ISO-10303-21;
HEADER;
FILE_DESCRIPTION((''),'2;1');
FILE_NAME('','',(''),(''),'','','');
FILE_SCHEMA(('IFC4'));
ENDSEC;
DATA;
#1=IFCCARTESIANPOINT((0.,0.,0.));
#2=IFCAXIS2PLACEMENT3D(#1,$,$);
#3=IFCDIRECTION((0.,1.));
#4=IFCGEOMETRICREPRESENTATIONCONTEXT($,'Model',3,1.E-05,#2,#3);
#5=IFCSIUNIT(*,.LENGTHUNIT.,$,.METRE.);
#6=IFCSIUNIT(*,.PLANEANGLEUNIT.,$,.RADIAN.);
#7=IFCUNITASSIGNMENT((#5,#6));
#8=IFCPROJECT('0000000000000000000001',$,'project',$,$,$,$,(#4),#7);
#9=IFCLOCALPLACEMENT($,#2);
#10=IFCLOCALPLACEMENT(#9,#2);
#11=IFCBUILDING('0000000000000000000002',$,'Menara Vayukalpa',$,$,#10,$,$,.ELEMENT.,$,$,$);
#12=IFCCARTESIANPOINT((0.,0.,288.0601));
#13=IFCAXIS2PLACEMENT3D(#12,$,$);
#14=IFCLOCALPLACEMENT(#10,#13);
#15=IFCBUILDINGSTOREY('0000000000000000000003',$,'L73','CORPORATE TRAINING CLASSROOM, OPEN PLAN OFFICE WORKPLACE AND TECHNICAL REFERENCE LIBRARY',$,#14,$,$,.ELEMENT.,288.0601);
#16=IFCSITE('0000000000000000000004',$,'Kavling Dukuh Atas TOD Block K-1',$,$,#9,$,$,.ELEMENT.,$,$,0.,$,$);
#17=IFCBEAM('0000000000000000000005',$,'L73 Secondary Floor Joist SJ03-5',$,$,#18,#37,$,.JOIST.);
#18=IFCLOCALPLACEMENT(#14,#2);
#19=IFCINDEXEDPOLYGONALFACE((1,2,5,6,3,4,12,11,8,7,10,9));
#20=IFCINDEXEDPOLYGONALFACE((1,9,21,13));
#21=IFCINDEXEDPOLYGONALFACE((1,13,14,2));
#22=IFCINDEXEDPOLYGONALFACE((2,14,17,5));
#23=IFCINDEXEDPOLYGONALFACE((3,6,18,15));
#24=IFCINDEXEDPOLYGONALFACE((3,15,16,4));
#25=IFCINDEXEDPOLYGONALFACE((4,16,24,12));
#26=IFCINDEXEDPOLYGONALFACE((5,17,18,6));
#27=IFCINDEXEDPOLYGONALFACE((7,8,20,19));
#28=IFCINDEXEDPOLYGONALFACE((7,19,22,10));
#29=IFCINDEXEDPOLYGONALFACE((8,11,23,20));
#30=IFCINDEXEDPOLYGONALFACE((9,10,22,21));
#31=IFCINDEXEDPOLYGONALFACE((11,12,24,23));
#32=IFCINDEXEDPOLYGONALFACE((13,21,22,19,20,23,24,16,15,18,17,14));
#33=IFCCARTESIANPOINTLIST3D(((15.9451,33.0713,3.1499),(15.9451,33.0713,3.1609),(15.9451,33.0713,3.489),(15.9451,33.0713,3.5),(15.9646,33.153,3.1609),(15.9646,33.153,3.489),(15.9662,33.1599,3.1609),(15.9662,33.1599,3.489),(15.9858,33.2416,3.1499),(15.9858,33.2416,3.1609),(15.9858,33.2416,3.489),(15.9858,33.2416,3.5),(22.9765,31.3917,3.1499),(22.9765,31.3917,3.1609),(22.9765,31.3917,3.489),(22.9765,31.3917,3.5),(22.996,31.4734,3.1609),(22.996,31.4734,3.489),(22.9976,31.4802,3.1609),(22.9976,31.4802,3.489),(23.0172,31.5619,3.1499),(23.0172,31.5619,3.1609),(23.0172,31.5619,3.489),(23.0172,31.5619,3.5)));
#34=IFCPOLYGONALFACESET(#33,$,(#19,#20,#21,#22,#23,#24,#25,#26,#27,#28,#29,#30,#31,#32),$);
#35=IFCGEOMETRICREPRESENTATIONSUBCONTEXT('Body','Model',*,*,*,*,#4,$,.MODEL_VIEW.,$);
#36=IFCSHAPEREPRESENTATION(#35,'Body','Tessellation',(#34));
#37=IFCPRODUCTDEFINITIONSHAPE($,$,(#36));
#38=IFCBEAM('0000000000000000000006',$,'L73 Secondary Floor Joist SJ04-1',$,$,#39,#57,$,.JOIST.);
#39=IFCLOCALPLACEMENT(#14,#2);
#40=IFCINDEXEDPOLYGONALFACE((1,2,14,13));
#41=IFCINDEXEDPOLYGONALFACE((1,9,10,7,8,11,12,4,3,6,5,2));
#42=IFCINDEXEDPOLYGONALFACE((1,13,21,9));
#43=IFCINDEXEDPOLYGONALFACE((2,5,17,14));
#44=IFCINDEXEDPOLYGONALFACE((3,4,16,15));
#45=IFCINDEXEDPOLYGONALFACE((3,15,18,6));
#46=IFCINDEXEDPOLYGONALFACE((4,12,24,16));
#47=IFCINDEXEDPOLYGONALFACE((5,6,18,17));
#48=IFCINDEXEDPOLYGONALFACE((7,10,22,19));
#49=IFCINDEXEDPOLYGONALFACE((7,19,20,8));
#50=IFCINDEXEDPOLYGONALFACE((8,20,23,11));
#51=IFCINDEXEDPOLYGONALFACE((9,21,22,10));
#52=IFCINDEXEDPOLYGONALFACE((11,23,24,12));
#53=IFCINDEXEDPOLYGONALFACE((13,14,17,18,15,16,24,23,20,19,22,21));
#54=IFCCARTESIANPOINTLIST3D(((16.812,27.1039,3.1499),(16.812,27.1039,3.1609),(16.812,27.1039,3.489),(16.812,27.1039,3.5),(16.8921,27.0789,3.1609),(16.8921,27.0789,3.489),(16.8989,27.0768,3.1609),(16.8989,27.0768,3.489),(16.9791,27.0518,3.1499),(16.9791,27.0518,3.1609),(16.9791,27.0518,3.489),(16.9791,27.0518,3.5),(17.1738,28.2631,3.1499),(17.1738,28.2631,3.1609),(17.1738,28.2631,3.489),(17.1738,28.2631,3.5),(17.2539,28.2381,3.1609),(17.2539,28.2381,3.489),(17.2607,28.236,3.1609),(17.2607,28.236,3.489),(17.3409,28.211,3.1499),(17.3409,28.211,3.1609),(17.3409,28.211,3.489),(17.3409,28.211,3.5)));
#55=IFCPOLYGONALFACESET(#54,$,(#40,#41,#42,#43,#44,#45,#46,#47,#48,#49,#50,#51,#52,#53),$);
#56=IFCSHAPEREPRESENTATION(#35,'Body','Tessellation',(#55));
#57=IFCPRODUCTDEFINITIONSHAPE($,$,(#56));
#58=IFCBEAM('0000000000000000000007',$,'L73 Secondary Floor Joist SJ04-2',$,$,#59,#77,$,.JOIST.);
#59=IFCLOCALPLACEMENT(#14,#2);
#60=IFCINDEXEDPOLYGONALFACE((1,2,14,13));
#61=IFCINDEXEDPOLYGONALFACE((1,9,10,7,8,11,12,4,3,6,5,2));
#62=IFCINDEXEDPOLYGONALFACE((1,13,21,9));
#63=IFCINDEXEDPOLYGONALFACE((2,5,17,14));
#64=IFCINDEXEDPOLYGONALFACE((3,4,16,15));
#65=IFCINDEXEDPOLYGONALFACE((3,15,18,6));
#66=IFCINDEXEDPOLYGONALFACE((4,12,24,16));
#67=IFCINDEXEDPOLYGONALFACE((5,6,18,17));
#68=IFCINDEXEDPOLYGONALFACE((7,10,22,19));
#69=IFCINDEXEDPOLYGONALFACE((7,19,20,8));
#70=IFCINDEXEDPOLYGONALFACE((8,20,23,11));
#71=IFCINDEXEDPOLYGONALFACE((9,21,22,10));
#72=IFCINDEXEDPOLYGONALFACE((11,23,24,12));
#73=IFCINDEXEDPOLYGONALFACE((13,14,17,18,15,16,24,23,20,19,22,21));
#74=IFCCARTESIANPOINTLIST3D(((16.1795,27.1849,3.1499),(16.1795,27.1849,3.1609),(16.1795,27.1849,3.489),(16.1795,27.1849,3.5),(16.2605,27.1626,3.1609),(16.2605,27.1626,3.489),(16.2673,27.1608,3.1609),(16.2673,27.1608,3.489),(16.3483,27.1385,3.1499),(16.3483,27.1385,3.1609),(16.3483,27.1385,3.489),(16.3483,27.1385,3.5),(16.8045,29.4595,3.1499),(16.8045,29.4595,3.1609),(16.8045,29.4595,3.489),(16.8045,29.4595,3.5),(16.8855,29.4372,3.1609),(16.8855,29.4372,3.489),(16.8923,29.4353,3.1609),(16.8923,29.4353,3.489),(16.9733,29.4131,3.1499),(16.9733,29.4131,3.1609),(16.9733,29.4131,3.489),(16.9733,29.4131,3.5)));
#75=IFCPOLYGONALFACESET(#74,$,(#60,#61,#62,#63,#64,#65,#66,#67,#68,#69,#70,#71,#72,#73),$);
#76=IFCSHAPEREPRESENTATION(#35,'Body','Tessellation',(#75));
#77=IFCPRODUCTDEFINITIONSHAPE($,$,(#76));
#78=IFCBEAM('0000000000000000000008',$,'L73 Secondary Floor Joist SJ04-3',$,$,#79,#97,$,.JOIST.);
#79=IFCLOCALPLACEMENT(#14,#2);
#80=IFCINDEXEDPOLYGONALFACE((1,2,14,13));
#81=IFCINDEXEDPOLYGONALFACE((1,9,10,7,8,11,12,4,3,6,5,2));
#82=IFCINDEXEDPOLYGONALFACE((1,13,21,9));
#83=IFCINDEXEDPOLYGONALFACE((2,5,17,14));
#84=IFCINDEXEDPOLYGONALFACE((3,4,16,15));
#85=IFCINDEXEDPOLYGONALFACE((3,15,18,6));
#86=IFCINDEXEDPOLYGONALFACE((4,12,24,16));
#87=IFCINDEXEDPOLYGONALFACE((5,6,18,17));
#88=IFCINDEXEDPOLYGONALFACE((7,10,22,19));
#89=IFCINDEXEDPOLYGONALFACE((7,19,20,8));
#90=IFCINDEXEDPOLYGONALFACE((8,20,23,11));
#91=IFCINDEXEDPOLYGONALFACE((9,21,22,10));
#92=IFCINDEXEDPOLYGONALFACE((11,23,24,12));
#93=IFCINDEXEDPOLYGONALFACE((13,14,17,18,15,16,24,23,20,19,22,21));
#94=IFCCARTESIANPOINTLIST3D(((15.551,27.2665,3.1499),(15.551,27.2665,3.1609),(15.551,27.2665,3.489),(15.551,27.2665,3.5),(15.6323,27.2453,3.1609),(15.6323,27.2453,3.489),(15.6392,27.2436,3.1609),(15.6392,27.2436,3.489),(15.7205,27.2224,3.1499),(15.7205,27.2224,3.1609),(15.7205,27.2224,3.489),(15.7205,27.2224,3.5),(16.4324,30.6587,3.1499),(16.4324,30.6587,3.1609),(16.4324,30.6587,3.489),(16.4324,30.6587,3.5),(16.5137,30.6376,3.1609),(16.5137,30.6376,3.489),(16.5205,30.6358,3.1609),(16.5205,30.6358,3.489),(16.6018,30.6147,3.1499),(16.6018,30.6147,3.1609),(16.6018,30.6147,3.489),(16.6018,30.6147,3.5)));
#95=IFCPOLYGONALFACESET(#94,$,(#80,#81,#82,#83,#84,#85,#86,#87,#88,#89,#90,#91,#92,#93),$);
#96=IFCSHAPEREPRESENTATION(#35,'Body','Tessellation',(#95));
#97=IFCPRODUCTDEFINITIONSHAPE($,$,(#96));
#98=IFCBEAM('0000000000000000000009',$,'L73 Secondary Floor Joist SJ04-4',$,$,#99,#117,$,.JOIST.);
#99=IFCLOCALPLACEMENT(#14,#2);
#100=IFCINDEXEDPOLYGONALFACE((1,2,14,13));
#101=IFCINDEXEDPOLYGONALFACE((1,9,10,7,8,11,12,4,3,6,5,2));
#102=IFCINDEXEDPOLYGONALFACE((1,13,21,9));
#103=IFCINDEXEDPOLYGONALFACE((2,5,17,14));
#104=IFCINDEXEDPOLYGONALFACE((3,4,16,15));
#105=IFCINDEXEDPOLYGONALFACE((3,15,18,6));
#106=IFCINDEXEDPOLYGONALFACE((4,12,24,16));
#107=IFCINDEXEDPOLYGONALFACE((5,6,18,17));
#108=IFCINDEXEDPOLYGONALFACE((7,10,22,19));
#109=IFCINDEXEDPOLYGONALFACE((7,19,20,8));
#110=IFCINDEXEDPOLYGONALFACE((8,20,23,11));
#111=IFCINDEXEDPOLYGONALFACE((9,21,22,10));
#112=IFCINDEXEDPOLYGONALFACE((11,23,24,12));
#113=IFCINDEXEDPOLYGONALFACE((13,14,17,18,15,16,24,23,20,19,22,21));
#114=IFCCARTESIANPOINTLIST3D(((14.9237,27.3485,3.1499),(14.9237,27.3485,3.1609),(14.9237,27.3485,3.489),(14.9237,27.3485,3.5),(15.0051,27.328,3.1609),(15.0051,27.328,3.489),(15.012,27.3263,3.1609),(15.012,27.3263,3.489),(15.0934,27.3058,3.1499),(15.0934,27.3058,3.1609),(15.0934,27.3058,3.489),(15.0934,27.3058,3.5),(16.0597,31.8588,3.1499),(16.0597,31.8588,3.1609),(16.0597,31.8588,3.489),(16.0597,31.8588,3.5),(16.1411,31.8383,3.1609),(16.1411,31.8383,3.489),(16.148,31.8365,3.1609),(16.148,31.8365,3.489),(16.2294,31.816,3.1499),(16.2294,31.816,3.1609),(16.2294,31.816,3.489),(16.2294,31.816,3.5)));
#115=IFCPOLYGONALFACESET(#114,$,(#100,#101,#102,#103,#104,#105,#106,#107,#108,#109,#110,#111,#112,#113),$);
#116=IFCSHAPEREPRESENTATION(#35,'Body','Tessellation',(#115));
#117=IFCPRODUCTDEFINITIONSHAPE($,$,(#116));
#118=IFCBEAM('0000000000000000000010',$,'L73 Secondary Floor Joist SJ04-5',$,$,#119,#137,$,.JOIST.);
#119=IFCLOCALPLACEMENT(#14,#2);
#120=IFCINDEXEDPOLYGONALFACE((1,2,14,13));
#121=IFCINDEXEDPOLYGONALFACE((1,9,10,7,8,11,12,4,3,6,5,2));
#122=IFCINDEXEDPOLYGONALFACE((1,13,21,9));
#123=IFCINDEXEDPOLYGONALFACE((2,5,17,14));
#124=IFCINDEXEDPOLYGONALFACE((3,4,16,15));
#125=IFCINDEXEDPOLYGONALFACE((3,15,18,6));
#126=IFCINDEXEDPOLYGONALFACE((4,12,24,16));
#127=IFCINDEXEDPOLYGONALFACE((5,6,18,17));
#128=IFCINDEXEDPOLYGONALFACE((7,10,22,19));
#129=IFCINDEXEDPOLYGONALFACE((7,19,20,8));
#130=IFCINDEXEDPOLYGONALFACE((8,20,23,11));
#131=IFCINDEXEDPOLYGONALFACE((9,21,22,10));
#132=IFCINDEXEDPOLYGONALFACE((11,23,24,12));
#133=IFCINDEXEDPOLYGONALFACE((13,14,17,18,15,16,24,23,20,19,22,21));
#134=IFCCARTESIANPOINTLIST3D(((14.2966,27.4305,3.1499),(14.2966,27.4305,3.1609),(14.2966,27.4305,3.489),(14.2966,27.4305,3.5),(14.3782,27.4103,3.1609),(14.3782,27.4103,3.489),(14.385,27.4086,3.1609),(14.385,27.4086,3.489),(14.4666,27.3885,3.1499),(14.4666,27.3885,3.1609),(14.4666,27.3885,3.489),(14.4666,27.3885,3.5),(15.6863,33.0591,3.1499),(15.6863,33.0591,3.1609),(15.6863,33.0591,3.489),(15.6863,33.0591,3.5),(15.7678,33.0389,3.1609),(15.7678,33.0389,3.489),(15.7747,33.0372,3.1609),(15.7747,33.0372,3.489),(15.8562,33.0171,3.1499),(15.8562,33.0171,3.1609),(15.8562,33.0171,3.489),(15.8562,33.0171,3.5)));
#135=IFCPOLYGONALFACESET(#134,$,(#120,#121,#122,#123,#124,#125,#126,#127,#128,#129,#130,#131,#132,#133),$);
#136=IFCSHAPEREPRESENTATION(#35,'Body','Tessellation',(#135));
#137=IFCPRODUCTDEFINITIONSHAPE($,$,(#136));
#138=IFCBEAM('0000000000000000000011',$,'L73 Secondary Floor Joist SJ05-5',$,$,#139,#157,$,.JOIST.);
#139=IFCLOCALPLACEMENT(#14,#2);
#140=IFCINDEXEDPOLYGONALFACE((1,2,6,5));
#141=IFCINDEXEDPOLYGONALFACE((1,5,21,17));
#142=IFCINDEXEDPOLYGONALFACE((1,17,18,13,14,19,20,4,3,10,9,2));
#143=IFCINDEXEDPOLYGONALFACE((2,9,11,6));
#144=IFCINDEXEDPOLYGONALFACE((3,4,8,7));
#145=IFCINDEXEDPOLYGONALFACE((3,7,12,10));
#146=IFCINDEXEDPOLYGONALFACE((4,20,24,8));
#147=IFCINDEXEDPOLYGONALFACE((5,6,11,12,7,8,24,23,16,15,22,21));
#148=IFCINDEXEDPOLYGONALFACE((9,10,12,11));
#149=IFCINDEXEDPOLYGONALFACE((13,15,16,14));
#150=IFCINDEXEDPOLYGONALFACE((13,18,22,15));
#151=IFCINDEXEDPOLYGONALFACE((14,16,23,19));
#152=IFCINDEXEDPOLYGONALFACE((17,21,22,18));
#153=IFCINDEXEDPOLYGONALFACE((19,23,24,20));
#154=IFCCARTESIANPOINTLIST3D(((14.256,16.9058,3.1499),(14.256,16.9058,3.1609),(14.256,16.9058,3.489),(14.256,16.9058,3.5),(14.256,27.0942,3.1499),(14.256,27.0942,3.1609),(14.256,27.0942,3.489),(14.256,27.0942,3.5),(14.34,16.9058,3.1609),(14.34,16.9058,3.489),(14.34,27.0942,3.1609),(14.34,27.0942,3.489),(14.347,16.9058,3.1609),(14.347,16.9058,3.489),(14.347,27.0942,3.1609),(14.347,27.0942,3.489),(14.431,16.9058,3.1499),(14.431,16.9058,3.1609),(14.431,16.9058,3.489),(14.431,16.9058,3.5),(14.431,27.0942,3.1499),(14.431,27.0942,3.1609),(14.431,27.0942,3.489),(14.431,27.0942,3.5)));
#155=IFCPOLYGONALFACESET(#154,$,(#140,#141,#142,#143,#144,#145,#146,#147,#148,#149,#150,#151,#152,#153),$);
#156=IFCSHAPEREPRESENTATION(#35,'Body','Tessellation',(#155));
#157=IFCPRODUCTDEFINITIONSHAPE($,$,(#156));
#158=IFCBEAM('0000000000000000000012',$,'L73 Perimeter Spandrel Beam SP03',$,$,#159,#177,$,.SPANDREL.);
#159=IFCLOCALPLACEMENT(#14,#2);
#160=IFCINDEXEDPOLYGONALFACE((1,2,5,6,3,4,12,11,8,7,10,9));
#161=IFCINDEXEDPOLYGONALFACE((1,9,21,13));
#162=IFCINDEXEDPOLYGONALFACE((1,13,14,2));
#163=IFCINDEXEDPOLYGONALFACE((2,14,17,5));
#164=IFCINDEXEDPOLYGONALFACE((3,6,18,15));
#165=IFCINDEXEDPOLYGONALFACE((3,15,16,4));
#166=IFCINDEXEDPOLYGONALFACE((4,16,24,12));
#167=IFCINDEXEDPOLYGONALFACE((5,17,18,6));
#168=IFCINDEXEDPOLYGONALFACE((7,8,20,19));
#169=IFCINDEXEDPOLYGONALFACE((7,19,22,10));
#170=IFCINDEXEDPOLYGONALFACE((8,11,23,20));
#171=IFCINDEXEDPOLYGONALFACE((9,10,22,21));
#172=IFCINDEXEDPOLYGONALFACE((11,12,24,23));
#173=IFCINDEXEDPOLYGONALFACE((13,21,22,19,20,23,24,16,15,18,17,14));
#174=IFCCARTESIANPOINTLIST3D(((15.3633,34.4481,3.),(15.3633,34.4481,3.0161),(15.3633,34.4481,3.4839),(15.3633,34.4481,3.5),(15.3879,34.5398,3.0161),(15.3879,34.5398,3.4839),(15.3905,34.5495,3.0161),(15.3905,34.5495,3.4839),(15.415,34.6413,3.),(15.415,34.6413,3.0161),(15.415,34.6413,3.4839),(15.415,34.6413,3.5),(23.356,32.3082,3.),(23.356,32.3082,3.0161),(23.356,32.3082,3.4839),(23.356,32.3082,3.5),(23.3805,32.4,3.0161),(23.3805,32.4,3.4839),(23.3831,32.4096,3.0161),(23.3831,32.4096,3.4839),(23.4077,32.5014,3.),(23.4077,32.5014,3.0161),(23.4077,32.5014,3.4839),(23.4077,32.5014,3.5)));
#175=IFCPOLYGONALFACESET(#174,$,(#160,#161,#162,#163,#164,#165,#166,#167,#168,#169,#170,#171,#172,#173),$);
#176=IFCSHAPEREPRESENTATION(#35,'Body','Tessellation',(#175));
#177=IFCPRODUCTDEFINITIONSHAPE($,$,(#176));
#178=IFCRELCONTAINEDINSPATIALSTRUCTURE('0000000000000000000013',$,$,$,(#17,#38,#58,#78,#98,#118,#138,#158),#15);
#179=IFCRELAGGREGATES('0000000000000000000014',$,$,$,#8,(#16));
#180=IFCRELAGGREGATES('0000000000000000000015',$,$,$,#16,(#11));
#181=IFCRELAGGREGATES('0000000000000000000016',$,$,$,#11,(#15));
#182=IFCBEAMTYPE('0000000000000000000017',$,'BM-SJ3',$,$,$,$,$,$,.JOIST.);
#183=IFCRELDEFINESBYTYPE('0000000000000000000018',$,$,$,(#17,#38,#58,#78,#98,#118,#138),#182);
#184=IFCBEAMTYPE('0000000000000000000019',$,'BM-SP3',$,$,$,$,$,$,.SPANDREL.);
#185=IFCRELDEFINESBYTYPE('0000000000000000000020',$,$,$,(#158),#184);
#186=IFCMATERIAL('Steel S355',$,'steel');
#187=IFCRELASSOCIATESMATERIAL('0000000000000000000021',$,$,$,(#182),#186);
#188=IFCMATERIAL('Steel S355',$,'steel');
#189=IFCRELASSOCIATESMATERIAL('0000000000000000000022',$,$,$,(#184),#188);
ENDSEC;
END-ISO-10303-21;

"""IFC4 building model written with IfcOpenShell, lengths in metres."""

from ifc_helpers import new_model, si_unit, direction, frame, origin, origin_2d, place, context, subcontext, project, spatial, i_section, extrude, material, material_profile, profile_set, type_object, element, save


model = new_model("IFC4")

# Units and contexts
model_context = context("Model", 3, precision=1e-05, world=origin(), true_north=direction((0.0, 1.0)))
body_context = subcontext(model_context, "Body", "Model", "MODEL_VIEW")
ifc_project = project(units=[si_unit("LENGTHUNIT", "METRE"), si_unit("PLANEANGLEUNIT", "RADIAN")], contexts=[model_context])

# Site, building, storey
site_placement = place(None, origin())
site = spatial("IfcSite", under=ifc_project, at=site_placement, Name="Kavling Dukuh Atas TOD Block K-1", CompositionType="ELEMENT", RefElevation=0.0)
building_placement = place(site_placement, origin())
building = spatial("IfcBuilding", under=site, at=building_placement, Name="Menara Vayukalpa", CompositionType="ELEMENT")
storey_placement = place(building_placement, frame((0.0, 0.0, 288.0601)))
storey = spatial("IfcBuildingStorey", under=building, at=storey_placement, Name="L73", Description="CORPORATE TRAINING CLASSROOM, OPEN PLAN OFFICE WORKPLACE AND TECHNICAL REFERENCE LIBRARY", CompositionType="ELEMENT", Elevation=288.0601)

# Beams
ifc_material_1 = material(Name="Steel S355", Category="steel")
ifc_material_profile_1 = material_profile(ifc_material_1, i_section(OverallWidth=0.175, OverallDepth=0.3501, WebThickness=0.0071, FlangeThickness=0.011, at=origin_2d()), Name="WF 350x175x7x11")
ifc_profile_set_1 = profile_set([ifc_material_profile_1], Name="Steel S355")
beam_type_1 = type_object("IfcBeamType", Name="BM-SJ3", PredefinedType="JOIST", material=ifc_profile_set_1)
beam_1_placement = place(storey_placement, frame((22.9968, 31.4768, 3.325), z_axis=(-0.972634, 0.232343, 0.0), x_axis=(-0.232343, -0.972634, 0.0)))
element("IfcBeam", 1, at=beam_1_placement, inside=storey, type_object=beam_type_1, Name="L73 Secondary Floor Joist SJ03-5", PredefinedType="JOIST", context=body_context, shape_type="SweptSolid", body=[
    extrude(i_section(OverallWidth=0.175, OverallDepth=0.3501, WebThickness=0.0071, FlangeThickness=0.011, at=origin_2d()), origin(), (0.0, 0.0, 1.0), 7.2292),
])
beam_2_placement = place(storey_placement, frame((17.2573, 28.2371, 3.325), z_axis=(-0.297954, -0.95458, 0.0), x_axis=(0.95458, -0.297954, 0.0)))
element("IfcBeam", 2, at=beam_2_placement, inside=storey, type_object=beam_type_1, Name="L73 Secondary Floor Joist SJ04-1", PredefinedType="JOIST", context=body_context, shape_type="SweptSolid", body=[
    extrude(i_section(OverallWidth=0.175, OverallDepth=0.3501, WebThickness=0.0071, FlangeThickness=0.011, at=origin_2d()), origin(), (0.0, 0.0, 1.0), 1.2144),
])
beam_3_placement = place(storey_placement, frame((16.8889, 29.4363, 3.325), z_axis=(-0.264947, -0.964263, 0.0), x_axis=(0.964263, -0.264947, 0.0)))
element("IfcBeam", 3, at=beam_3_placement, inside=storey, type_object=beam_type_1, Name="L73 Secondary Floor Joist SJ04-2", PredefinedType="JOIST", context=body_context, shape_type="SweptSolid", body=[
    extrude(i_section(OverallWidth=0.175, OverallDepth=0.3501, WebThickness=0.0071, FlangeThickness=0.011, at=origin_2d()), origin(), (0.0, 0.0, 1.0), 2.3589),
])
beam_4_placement = place(storey_placement, frame((16.5171, 30.6367, 3.325), z_axis=(-0.251458, -0.967868, 0.0), x_axis=(0.967868, -0.251458, 0.0)))
element("IfcBeam", 4, at=beam_4_placement, inside=storey, type_object=beam_type_1, Name="L73 Secondary Floor Joist SJ04-3", PredefinedType="JOIST", context=body_context, shape_type="SweptSolid", body=[
    extrude(i_section(OverallWidth=0.175, OverallDepth=0.3501, WebThickness=0.0071, FlangeThickness=0.011, at=origin_2d()), origin(), (0.0, 0.0, 1.0), 3.5049),
])
beam_5_placement = place(storey_placement, frame((16.1445, 31.8374, 3.325), z_axis=(-0.24424, -0.969715, 0.0), x_axis=(0.969715, -0.24424, 0.0)))
element("IfcBeam", 5, at=beam_5_placement, inside=storey, type_object=beam_type_1, Name="L73 Secondary Floor Joist SJ04-4", PredefinedType="JOIST", context=body_context, shape_type="SweptSolid", body=[
    extrude(i_section(OverallWidth=0.175, OverallDepth=0.3501, WebThickness=0.0071, FlangeThickness=0.011, at=origin_2d()), origin(), (0.0, 0.0, 1.0), 4.6511),
])
beam_6_placement = place(storey_placement, frame((15.7712, 33.0381, 3.325), z_axis=(-0.239691, -0.970849, 0.0), x_axis=(0.970849, -0.239691, 0.0)))
element("IfcBeam", 6, at=beam_6_placement, inside=storey, type_object=beam_type_1, Name="L73 Secondary Floor Joist SJ04-5", PredefinedType="JOIST", context=body_context, shape_type="SweptSolid", body=[
    extrude(i_section(OverallWidth=0.175, OverallDepth=0.3501, WebThickness=0.0071, FlangeThickness=0.011, at=origin_2d()), origin(), (0.0, 0.0, 1.0), 5.7976),
])
beam_7_placement = place(storey_placement, frame((14.3435, 27.0942, 3.325), z_axis=(0.0, -1.0, 0.0), x_axis=(1.0, 0.0, 0.0)))
element("IfcBeam", 7, at=beam_7_placement, inside=storey, type_object=beam_type_1, Name="L73 Secondary Floor Joist SJ05-5", PredefinedType="JOIST", context=body_context, shape_type="SweptSolid", body=[
    extrude(i_section(OverallWidth=0.175, OverallDepth=0.3501, WebThickness=0.0071, FlangeThickness=0.011, at=origin_2d()), origin(), (0.0, 0.0, 1.0), 10.1885),
])
ifc_material_2 = material(Name="Steel S355", Category="steel")
ifc_material_profile_2 = material_profile(ifc_material_2, i_section(OverallWidth=0.2, OverallDepth=0.5, WebThickness=0.01, FlangeThickness=0.0161, at=origin_2d()), Name="WF 500x200x10x16")
ifc_profile_set_2 = profile_set([ifc_material_profile_2], Name="Steel S355")
beam_type_2 = type_object("IfcBeamType", Name="BM-SP3", PredefinedType="SPANDREL", material=ifc_profile_set_2)
beam_8_placement = place(storey_placement, frame((23.3818, 32.4048, 3.25), z_axis=(-0.965978, 0.258623, 0.0), x_axis=(-0.258623, -0.965978, 0.0)))
element("IfcBeam", 8, at=beam_8_placement, inside=storey, type_object=beam_type_2, Name="L73 Perimeter Spandrel Beam SP03", PredefinedType="SPANDREL", context=body_context, shape_type="SweptSolid", body=[
    extrude(i_section(OverallWidth=0.2, OverallDepth=0.5, WebThickness=0.01, FlangeThickness=0.0161, at=origin_2d()), origin(), (0.0, 0.0, 1.0), 8.2742),
])

save(model, "model.ifc")
